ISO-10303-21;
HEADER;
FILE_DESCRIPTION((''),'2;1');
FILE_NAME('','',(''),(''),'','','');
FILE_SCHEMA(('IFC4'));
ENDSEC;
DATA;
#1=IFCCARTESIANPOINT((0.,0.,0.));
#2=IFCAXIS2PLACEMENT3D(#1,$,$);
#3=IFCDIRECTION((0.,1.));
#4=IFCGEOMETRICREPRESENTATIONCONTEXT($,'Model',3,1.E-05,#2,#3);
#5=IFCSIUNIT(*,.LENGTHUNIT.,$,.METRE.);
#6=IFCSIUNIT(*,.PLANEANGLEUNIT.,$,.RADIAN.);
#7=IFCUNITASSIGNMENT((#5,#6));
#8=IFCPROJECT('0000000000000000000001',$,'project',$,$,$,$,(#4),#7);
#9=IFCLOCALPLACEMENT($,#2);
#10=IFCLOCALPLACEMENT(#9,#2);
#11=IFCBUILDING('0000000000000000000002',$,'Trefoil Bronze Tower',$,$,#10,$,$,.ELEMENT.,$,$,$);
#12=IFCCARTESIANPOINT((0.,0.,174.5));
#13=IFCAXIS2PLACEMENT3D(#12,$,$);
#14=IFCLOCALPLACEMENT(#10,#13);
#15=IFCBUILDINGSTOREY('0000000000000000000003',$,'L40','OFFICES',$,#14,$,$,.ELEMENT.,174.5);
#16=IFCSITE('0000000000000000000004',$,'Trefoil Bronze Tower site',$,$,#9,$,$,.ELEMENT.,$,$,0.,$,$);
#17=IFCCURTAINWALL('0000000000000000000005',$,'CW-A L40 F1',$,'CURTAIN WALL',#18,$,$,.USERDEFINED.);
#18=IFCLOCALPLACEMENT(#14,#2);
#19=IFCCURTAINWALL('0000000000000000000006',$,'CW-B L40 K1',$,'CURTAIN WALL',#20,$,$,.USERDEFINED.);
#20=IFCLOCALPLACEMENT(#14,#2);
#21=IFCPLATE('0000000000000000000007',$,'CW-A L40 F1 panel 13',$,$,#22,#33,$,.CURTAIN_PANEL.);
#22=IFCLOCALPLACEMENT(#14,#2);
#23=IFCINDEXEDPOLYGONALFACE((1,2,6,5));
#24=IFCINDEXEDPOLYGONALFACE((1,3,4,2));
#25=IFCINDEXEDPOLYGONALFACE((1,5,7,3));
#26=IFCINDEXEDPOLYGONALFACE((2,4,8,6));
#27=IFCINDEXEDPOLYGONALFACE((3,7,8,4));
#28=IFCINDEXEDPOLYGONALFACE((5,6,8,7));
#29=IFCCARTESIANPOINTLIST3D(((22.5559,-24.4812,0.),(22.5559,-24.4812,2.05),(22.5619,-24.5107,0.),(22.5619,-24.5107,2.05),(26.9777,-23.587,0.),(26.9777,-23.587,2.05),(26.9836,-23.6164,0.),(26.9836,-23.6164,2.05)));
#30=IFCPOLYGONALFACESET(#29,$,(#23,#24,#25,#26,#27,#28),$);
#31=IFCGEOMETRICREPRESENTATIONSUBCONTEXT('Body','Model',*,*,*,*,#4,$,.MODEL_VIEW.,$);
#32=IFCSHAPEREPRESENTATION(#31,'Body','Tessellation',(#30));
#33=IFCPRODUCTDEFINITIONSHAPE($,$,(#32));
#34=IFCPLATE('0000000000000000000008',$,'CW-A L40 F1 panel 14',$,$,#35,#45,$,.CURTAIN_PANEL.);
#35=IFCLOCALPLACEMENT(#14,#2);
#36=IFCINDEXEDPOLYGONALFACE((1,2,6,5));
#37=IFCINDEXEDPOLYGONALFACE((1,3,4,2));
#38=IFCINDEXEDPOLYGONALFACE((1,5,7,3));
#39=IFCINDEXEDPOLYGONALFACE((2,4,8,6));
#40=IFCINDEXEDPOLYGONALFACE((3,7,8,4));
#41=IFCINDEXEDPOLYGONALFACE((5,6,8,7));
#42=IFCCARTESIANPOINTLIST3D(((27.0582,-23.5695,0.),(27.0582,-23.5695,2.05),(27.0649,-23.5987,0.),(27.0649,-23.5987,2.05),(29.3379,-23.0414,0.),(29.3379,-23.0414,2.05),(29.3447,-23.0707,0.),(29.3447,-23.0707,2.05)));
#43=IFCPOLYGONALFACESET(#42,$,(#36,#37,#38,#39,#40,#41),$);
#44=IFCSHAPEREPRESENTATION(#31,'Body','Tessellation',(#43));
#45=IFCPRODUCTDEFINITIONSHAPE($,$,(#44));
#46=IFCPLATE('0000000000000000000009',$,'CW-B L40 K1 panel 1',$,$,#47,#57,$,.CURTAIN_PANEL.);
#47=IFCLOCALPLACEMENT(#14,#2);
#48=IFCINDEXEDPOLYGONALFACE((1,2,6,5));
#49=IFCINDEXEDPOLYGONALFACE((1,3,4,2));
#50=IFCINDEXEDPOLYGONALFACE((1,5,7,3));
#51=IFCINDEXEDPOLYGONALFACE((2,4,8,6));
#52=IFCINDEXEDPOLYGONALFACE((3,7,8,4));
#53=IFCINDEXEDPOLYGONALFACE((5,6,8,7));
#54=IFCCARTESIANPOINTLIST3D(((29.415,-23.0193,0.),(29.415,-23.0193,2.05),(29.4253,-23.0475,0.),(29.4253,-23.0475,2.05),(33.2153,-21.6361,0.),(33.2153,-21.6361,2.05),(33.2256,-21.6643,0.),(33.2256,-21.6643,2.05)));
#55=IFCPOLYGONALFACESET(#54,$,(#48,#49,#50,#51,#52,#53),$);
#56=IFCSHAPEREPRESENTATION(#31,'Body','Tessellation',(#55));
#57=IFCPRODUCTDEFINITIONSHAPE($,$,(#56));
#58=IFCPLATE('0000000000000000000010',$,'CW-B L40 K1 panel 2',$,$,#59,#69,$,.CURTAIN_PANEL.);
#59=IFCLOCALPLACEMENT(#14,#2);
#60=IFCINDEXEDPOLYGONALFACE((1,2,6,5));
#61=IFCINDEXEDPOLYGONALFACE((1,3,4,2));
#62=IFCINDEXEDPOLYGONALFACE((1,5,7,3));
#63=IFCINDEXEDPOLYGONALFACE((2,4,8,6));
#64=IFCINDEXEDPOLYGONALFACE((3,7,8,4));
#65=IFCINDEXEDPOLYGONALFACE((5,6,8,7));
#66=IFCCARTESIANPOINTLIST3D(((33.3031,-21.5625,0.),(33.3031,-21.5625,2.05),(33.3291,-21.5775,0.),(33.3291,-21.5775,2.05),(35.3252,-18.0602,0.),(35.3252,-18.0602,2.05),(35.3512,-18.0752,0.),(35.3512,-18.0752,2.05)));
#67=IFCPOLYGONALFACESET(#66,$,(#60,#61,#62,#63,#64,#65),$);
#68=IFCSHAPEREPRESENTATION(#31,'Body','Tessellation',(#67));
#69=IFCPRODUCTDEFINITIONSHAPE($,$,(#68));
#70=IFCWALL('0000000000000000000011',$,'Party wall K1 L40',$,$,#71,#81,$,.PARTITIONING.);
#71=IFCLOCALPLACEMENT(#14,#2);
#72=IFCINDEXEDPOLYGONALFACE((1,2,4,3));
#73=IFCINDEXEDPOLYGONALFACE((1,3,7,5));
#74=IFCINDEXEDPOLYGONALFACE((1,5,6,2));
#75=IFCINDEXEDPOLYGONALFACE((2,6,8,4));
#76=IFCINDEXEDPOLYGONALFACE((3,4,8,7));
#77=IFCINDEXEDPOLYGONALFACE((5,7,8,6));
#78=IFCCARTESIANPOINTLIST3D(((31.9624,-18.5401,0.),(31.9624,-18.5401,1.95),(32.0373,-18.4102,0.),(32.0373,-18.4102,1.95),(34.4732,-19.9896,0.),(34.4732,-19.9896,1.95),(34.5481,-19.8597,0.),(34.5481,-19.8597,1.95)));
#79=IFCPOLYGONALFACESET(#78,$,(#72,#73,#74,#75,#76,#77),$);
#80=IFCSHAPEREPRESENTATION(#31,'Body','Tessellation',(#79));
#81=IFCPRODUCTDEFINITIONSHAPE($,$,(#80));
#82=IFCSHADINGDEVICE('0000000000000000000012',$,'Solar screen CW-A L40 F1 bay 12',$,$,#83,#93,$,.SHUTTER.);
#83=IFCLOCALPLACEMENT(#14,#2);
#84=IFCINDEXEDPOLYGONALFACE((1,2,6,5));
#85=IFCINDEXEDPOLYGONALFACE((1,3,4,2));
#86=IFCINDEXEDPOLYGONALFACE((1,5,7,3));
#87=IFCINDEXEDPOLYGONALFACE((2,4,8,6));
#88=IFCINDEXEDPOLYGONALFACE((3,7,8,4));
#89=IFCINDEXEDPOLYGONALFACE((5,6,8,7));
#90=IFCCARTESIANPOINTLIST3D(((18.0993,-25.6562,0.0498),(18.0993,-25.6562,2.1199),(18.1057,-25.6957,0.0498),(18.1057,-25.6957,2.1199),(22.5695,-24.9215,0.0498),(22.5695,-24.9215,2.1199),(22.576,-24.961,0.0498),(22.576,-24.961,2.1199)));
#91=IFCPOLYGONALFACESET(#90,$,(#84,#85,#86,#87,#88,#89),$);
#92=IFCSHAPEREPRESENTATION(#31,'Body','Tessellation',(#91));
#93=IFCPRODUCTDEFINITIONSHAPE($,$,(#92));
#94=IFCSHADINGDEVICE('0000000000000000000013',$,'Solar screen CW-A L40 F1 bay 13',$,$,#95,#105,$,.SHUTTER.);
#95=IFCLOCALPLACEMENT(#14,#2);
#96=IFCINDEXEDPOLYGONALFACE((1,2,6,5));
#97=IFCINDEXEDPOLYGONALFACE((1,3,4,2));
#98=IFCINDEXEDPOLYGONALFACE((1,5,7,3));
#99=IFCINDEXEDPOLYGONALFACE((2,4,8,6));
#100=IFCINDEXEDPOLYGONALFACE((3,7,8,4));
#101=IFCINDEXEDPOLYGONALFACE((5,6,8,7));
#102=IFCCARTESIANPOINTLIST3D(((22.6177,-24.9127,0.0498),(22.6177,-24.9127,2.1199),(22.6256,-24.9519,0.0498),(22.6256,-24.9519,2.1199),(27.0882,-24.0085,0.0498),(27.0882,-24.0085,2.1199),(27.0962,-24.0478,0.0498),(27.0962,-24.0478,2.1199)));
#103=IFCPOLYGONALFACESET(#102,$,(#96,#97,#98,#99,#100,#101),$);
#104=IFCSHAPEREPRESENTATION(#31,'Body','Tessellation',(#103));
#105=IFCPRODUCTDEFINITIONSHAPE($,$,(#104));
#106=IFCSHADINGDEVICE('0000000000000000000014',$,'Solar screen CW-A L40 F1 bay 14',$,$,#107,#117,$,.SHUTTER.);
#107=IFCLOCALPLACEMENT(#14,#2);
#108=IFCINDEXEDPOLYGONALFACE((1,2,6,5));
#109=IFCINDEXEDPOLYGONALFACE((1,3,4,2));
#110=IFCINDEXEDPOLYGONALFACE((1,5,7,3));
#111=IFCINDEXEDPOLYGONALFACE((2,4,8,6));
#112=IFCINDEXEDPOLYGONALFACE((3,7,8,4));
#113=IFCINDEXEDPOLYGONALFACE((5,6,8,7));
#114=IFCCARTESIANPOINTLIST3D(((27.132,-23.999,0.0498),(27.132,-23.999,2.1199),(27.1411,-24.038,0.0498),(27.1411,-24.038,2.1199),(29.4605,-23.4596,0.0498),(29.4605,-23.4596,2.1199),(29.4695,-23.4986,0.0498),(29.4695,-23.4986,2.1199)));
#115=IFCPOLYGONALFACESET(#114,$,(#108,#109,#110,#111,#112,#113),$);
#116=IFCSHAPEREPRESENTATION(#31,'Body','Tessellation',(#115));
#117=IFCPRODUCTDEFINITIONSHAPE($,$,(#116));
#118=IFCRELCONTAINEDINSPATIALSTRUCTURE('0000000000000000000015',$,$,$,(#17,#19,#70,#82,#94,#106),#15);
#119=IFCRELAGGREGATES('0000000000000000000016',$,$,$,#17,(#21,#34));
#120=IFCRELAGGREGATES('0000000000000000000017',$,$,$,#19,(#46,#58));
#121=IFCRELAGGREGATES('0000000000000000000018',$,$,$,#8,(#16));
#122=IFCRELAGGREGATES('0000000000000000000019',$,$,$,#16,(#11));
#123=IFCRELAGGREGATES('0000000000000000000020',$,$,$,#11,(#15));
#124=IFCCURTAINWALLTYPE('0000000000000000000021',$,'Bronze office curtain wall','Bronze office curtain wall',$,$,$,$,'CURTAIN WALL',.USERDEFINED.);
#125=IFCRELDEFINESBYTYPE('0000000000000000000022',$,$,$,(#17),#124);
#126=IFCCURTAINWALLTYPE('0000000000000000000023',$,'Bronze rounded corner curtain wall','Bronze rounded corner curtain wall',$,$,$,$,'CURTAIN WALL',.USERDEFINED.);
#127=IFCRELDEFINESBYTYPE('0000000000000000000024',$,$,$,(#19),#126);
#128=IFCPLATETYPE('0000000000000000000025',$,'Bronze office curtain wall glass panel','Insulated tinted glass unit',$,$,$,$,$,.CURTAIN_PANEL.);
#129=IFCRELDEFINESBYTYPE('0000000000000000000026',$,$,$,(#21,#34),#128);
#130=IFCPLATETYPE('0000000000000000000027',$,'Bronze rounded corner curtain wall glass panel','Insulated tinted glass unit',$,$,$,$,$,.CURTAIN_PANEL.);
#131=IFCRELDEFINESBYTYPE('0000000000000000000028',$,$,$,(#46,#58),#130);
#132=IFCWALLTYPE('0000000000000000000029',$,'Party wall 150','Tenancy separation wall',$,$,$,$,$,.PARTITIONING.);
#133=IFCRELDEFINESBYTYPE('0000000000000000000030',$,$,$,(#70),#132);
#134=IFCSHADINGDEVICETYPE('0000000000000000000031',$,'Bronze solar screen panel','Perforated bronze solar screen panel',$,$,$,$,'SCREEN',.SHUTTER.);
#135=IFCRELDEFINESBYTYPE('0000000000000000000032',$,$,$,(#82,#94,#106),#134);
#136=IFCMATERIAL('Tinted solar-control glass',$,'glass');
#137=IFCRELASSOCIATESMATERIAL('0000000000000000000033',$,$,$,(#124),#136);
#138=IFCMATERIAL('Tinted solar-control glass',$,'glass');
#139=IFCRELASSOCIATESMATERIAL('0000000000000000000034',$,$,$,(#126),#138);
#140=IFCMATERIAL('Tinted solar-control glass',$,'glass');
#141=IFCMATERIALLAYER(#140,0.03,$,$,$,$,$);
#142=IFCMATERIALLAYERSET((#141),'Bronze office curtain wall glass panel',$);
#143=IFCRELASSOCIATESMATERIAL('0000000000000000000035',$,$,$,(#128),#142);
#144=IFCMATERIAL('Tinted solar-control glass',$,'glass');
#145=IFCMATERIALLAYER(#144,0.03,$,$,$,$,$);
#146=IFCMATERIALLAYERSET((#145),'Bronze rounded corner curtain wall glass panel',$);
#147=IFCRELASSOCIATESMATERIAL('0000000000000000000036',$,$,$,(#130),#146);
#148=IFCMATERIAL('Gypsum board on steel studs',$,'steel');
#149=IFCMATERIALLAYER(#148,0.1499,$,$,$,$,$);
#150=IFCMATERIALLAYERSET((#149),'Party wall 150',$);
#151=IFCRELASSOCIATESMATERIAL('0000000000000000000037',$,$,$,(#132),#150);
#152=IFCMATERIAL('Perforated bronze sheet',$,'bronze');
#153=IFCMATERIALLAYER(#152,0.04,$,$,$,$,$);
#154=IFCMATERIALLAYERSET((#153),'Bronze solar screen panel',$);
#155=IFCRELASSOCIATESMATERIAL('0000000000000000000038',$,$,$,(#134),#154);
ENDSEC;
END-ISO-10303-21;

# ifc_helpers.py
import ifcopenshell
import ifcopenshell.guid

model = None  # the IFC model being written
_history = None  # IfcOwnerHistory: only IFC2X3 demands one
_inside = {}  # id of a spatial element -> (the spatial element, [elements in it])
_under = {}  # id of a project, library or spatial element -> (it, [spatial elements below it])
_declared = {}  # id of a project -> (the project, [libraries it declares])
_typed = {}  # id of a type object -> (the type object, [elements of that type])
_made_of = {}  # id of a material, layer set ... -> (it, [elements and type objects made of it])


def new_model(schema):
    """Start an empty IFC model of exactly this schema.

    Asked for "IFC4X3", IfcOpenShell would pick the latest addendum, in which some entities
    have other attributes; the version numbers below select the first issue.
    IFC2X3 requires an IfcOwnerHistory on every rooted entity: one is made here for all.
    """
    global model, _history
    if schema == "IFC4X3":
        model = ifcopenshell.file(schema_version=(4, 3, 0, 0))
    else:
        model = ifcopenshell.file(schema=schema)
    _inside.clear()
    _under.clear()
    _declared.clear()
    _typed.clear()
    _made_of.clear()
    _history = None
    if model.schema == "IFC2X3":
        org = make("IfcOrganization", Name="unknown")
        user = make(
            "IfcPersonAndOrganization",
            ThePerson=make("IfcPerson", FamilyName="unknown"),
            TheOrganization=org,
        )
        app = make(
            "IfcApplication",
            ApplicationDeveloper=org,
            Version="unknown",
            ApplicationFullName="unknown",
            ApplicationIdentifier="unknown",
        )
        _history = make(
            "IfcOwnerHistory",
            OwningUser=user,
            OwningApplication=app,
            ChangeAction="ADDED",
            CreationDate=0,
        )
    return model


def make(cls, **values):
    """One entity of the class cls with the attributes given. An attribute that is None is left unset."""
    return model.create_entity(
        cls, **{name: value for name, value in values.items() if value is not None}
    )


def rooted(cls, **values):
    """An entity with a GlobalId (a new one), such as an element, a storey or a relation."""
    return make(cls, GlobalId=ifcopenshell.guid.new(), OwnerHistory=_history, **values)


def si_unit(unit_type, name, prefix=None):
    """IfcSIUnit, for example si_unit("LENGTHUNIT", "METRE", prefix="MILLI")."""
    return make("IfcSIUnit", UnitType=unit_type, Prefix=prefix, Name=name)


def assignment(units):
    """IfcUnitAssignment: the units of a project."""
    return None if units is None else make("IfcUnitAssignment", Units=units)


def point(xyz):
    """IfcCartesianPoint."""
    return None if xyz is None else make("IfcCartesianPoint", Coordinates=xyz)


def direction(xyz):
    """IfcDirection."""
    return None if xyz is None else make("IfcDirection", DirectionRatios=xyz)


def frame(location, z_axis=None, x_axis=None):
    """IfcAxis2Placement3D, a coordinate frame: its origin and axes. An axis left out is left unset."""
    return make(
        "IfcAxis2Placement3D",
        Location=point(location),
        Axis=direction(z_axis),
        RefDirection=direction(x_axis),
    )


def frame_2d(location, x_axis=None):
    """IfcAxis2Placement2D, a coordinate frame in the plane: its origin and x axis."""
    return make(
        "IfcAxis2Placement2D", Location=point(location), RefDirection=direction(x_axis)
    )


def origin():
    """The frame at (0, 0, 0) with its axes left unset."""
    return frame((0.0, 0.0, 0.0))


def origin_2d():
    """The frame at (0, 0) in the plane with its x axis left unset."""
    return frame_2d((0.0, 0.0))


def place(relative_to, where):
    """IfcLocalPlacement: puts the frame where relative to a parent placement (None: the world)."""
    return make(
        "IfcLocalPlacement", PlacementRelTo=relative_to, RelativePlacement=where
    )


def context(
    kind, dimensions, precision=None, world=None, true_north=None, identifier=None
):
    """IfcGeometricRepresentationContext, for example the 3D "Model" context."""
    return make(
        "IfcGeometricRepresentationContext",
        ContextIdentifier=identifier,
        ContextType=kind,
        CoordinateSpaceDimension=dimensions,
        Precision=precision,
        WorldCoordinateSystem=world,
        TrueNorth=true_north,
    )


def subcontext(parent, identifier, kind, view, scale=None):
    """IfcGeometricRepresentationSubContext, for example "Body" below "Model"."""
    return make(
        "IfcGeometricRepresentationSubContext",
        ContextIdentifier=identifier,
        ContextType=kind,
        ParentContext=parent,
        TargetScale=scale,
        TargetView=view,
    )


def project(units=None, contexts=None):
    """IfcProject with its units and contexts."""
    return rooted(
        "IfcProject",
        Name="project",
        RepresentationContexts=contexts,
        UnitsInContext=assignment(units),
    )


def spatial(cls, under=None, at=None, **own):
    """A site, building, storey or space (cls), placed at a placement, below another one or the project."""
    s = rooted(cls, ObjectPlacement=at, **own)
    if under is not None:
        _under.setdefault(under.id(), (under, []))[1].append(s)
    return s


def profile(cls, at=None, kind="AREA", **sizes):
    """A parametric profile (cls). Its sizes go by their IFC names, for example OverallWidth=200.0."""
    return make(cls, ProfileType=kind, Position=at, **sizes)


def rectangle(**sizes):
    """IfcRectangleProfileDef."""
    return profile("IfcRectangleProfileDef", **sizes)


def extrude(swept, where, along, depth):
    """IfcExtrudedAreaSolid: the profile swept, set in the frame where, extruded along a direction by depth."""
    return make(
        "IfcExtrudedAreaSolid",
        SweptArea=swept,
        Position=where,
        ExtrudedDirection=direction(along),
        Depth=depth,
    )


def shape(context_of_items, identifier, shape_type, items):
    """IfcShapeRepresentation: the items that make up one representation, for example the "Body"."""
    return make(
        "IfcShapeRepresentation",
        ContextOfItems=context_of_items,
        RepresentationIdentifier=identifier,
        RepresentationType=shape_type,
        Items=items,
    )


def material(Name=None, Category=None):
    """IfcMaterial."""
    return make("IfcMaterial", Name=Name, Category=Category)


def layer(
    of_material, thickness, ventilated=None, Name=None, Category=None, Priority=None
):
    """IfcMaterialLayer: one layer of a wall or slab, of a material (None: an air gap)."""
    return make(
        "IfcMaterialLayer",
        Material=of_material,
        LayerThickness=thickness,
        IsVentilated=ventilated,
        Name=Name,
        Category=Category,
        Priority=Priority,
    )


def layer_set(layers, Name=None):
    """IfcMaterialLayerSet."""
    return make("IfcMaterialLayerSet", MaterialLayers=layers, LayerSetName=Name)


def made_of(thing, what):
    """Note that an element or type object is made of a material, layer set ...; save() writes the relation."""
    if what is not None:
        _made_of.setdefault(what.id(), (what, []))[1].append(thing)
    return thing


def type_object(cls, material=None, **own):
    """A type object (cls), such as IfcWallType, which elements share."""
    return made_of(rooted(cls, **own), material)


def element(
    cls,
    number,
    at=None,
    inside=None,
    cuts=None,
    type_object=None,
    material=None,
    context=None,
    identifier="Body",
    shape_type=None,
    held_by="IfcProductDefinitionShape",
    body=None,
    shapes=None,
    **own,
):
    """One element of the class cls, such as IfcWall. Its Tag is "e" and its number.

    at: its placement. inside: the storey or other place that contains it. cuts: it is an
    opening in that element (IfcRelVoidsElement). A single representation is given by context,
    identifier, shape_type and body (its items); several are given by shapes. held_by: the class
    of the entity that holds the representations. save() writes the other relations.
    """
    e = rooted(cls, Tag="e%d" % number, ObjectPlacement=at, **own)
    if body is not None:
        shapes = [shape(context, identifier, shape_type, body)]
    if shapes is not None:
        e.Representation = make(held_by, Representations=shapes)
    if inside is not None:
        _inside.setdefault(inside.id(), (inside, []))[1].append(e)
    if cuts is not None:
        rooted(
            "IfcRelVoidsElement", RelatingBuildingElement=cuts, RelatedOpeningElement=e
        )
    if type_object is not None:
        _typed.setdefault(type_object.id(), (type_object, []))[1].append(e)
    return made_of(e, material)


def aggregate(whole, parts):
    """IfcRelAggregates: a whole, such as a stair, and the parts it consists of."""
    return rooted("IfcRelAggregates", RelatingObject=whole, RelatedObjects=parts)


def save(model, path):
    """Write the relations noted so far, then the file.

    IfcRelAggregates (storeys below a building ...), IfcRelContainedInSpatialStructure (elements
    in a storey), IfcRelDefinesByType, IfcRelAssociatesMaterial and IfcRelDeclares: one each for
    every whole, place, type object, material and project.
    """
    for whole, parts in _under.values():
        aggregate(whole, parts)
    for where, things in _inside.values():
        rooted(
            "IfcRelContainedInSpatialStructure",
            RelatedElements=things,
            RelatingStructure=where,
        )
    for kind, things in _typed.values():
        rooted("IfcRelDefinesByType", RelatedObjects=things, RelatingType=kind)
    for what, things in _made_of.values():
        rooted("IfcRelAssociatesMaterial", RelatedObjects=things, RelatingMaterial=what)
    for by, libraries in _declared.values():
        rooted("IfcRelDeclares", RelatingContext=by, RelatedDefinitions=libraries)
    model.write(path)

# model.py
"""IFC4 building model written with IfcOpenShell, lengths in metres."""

from ifc_helpers import new_model, si_unit, direction, frame, frame_2d, origin, origin_2d, place, context, subcontext, project, spatial, rectangle, extrude, material, layer, layer_set, type_object, element, aggregate, save


model = new_model("IFC4")

# Units and contexts
model_context = context("Model", 3, precision=1e-05, world=origin(), true_north=direction((0.0, 1.0)))
body_context = subcontext(model_context, "Body", "Model", "MODEL_VIEW")
ifc_project = project(units=[si_unit("LENGTHUNIT", "METRE"), si_unit("PLANEANGLEUNIT", "RADIAN")], contexts=[model_context])

# Site, building, storey
site_placement = place(None, origin())
site = spatial("IfcSite", under=ifc_project, at=site_placement, Name="Trefoil Bronze Tower site", CompositionType="ELEMENT", RefElevation=0.0)
building_placement = place(site_placement, origin())
building = spatial("IfcBuilding", under=site, at=building_placement, Name="Trefoil Bronze Tower", CompositionType="ELEMENT")
storey_placement = place(building_placement, frame((0.0, 0.0, 174.5)))
storey = spatial("IfcBuildingStorey", under=building, at=storey_placement, Name="L40", Description="OFFICES", CompositionType="ELEMENT", Elevation=174.5)

# Curtain walls
ifc_material_1 = material(Name="Tinted solar-control glass", Category="glass")
curtain_wall_type_1 = type_object("IfcCurtainWallType", Name="Bronze office curtain wall", Description="Bronze office curtain wall", ElementType="CURTAIN WALL", PredefinedType="USERDEFINED", material=ifc_material_1)
curtain_wall_1_placement = place(storey_placement, origin())
curtain_wall_1 = element("IfcCurtainWall", 1, at=curtain_wall_1_placement, inside=storey, type_object=curtain_wall_type_1, Name="CW-A L40 F1", ObjectType="CURTAIN WALL", PredefinedType="USERDEFINED")
ifc_material_2 = material(Name="Tinted solar-control glass", Category="glass")
curtain_wall_type_2 = type_object("IfcCurtainWallType", Name="Bronze rounded corner curtain wall", Description="Bronze rounded corner curtain wall", ElementType="CURTAIN WALL", PredefinedType="USERDEFINED", material=ifc_material_2)
curtain_wall_2_placement = place(storey_placement, origin())
curtain_wall_2 = element("IfcCurtainWall", 2, at=curtain_wall_2_placement, inside=storey, type_object=curtain_wall_type_2, Name="CW-B L40 K1", ObjectType="CURTAIN WALL", PredefinedType="USERDEFINED")

# Plates
ifc_material_3 = material(Name="Tinted solar-control glass", Category="glass")
ifc_layer_1 = layer(ifc_material_3, 0.03)
ifc_layer_set_1 = layer_set([ifc_layer_1], Name="Bronze office curtain wall glass panel")
plate_type_1 = type_object("IfcPlateType", Name="Bronze office curtain wall glass panel", Description="Insulated tinted glass unit", PredefinedType="CURTAIN_PANEL", material=ifc_layer_set_1)
plate_1_placement = place(storey_placement, frame((24.7698, -24.0488, 0.0), z_axis=(0.0, 0.0, 1.0), x_axis=(0.980155, 0.198232, 0.0)))
plate_1 = element("IfcPlate", 3, at=plate_1_placement, type_object=plate_type_1, Name="CW-A L40 F1 panel 13", PredefinedType="CURTAIN_PANEL", context=body_context, shape_type="SweptSolid", body=[
    extrude(rectangle(XDim=4.5112, YDim=0.03, at=origin_2d()), origin(), (0.0, 0.0, 1.0), 2.05),
])
plate_2_placement = place(storey_placement, frame((28.2014, -23.3201, 0.0), z_axis=(0.0, 0.0, 1.0), x_axis=(0.974204, 0.225667, 0.0)))
plate_2 = element("IfcPlate", 4, at=plate_2_placement, type_object=plate_type_1, Name="CW-A L40 F1 panel 14", PredefinedType="CURTAIN_PANEL", context=body_context, shape_type="SweptSolid", body=[
    extrude(rectangle(XDim=2.3401, YDim=0.03, at=origin_2d()), origin(), (0.0, 0.0, 1.0), 2.05),
])
aggregate(curtain_wall_1, [plate_1, plate_2])
ifc_material_4 = material(Name="Tinted solar-control glass", Category="glass")
ifc_layer_2 = layer(ifc_material_4, 0.03)
ifc_layer_set_2 = layer_set([ifc_layer_2], Name="Bronze rounded corner curtain wall glass panel")
plate_type_2 = type_object("IfcPlateType", Name="Bronze rounded corner curtain wall glass panel", Description="Insulated tinted glass unit", PredefinedType="CURTAIN_PANEL", material=ifc_layer_set_2)
plate_3_placement = place(storey_placement, frame((31.3203, -22.3418, 0.0), z_axis=(0.0, 0.0, 1.0), x_axis=(0.939693, 0.34202, 0.0)))
plate_3 = element("IfcPlate", 5, at=plate_3_placement, type_object=plate_type_2, Name="CW-B L40 K1 panel 1", PredefinedType="CURTAIN_PANEL", context=body_context, shape_type="SweptSolid", body=[
    extrude(rectangle(XDim=4.0442, YDim=0.03, at=origin_2d()), origin(), (0.0, 0.0, 1.0), 2.05),
])
plate_4_placement = place(storey_placement, frame((34.3271, -19.8188, 0.0), z_axis=(0.0, 0.0, 1.0), x_axis=(0.5, 0.866025, 0.0)))
plate_4 = element("IfcPlate", 6, at=plate_4_placement, type_object=plate_type_2, Name="CW-B L40 K1 panel 2", PredefinedType="CURTAIN_PANEL", context=body_context, shape_type="SweptSolid", body=[
    extrude(rectangle(XDim=4.0442, YDim=0.03, at=origin_2d()), origin(), (0.0, 0.0, 1.0), 2.05),
])
aggregate(curtain_wall_2, [plate_3, plate_4])

# Wall
ifc_material_5 = material(Name="Gypsum board on steel studs", Category="steel")
ifc_layer_3 = layer(ifc_material_5, 0.1499)
ifc_layer_set_3 = layer_set([ifc_layer_3], Name="Party wall 150")
wall_type = type_object("IfcWallType", Name="Party wall 150", Description="Tenancy separation wall", PredefinedType="PARTITIONING", material=ifc_layer_set_3)
wall_placement = place(storey_placement, frame((31.9998, -18.4751, 0.0), z_axis=(0.0, 0.0, 1.0), x_axis=(0.866043, -0.49997, 0.0)))
element("IfcWall", 7, at=wall_placement, inside=storey, type_object=wall_type, Name="Party wall K1 L40", PredefinedType="PARTITIONING", context=body_context, shape_type="SweptSolid", body=[
    extrude(rectangle(XDim=2.8992, YDim=0.1499, at=frame_2d((1.4497, 0.0))), origin(), (0.0, 0.0, 1.0), 1.95),
])

# Shading devices
ifc_material_6 = material(Name="Perforated bronze sheet", Category="bronze")
ifc_layer_4 = layer(ifc_material_6, 0.04)
ifc_layer_set_4 = layer_set([ifc_layer_4], Name="Bronze solar screen panel")
shading_device_type = type_object("IfcShadingDeviceType", Name="Bronze solar screen panel", Description="Perforated bronze solar screen panel", ElementType="SCREEN", PredefinedType="SHUTTER", material=ifc_layer_set_4)
shading_device_1_placement = place(storey_placement, frame((20.3376, -25.3086, 0.0498), z_axis=(0.0, 0.0, 1.0), x_axis=(0.98676, 0.162189, 0.0)))
element("IfcShadingDevice", 8, at=shading_device_1_placement, inside=storey, type_object=shading_device_type, Name="Solar screen CW-A L40 F1 bay 12", PredefinedType="SHUTTER", context=body_context, shape_type="SweptSolid", body=[
    extrude(rectangle(XDim=4.5303, YDim=0.04, at=origin_2d()), origin(), (0.0, 0.0, 1.0), 2.0701),
])
shading_device_2_placement = place(storey_placement, frame((24.8569, -24.4802, 0.0498), z_axis=(0.0, 0.0, 1.0), x_axis=(0.980155, 0.198232, 0.0)))
element("IfcShadingDevice", 9, at=shading_device_2_placement, inside=storey, type_object=shading_device_type, Name="Solar screen CW-A L40 F1 bay 13", PredefinedType="SHUTTER", context=body_context, shape_type="SweptSolid", body=[
    extrude(rectangle(XDim=4.561, YDim=0.04, at=origin_2d()), origin(), (0.0, 0.0, 1.0), 2.0701),
])
shading_device_3_placement = place(storey_placement, frame((28.3008, -23.7488, 0.0498), z_axis=(0.0, 0.0, 1.0), x_axis=(0.974204, 0.225667, 0.0)))
element("IfcShadingDevice", 10, at=shading_device_3_placement, inside=storey, type_object=shading_device_type, Name="Solar screen CW-A L40 F1 bay 14", PredefinedType="SHUTTER", context=body_context, shape_type="SweptSolid", body=[
    extrude(rectangle(XDim=2.3901, YDim=0.04, at=origin_2d()), origin(), (0.0, 0.0, 1.0), 2.0701),
])

save(model, "model.ifc")
